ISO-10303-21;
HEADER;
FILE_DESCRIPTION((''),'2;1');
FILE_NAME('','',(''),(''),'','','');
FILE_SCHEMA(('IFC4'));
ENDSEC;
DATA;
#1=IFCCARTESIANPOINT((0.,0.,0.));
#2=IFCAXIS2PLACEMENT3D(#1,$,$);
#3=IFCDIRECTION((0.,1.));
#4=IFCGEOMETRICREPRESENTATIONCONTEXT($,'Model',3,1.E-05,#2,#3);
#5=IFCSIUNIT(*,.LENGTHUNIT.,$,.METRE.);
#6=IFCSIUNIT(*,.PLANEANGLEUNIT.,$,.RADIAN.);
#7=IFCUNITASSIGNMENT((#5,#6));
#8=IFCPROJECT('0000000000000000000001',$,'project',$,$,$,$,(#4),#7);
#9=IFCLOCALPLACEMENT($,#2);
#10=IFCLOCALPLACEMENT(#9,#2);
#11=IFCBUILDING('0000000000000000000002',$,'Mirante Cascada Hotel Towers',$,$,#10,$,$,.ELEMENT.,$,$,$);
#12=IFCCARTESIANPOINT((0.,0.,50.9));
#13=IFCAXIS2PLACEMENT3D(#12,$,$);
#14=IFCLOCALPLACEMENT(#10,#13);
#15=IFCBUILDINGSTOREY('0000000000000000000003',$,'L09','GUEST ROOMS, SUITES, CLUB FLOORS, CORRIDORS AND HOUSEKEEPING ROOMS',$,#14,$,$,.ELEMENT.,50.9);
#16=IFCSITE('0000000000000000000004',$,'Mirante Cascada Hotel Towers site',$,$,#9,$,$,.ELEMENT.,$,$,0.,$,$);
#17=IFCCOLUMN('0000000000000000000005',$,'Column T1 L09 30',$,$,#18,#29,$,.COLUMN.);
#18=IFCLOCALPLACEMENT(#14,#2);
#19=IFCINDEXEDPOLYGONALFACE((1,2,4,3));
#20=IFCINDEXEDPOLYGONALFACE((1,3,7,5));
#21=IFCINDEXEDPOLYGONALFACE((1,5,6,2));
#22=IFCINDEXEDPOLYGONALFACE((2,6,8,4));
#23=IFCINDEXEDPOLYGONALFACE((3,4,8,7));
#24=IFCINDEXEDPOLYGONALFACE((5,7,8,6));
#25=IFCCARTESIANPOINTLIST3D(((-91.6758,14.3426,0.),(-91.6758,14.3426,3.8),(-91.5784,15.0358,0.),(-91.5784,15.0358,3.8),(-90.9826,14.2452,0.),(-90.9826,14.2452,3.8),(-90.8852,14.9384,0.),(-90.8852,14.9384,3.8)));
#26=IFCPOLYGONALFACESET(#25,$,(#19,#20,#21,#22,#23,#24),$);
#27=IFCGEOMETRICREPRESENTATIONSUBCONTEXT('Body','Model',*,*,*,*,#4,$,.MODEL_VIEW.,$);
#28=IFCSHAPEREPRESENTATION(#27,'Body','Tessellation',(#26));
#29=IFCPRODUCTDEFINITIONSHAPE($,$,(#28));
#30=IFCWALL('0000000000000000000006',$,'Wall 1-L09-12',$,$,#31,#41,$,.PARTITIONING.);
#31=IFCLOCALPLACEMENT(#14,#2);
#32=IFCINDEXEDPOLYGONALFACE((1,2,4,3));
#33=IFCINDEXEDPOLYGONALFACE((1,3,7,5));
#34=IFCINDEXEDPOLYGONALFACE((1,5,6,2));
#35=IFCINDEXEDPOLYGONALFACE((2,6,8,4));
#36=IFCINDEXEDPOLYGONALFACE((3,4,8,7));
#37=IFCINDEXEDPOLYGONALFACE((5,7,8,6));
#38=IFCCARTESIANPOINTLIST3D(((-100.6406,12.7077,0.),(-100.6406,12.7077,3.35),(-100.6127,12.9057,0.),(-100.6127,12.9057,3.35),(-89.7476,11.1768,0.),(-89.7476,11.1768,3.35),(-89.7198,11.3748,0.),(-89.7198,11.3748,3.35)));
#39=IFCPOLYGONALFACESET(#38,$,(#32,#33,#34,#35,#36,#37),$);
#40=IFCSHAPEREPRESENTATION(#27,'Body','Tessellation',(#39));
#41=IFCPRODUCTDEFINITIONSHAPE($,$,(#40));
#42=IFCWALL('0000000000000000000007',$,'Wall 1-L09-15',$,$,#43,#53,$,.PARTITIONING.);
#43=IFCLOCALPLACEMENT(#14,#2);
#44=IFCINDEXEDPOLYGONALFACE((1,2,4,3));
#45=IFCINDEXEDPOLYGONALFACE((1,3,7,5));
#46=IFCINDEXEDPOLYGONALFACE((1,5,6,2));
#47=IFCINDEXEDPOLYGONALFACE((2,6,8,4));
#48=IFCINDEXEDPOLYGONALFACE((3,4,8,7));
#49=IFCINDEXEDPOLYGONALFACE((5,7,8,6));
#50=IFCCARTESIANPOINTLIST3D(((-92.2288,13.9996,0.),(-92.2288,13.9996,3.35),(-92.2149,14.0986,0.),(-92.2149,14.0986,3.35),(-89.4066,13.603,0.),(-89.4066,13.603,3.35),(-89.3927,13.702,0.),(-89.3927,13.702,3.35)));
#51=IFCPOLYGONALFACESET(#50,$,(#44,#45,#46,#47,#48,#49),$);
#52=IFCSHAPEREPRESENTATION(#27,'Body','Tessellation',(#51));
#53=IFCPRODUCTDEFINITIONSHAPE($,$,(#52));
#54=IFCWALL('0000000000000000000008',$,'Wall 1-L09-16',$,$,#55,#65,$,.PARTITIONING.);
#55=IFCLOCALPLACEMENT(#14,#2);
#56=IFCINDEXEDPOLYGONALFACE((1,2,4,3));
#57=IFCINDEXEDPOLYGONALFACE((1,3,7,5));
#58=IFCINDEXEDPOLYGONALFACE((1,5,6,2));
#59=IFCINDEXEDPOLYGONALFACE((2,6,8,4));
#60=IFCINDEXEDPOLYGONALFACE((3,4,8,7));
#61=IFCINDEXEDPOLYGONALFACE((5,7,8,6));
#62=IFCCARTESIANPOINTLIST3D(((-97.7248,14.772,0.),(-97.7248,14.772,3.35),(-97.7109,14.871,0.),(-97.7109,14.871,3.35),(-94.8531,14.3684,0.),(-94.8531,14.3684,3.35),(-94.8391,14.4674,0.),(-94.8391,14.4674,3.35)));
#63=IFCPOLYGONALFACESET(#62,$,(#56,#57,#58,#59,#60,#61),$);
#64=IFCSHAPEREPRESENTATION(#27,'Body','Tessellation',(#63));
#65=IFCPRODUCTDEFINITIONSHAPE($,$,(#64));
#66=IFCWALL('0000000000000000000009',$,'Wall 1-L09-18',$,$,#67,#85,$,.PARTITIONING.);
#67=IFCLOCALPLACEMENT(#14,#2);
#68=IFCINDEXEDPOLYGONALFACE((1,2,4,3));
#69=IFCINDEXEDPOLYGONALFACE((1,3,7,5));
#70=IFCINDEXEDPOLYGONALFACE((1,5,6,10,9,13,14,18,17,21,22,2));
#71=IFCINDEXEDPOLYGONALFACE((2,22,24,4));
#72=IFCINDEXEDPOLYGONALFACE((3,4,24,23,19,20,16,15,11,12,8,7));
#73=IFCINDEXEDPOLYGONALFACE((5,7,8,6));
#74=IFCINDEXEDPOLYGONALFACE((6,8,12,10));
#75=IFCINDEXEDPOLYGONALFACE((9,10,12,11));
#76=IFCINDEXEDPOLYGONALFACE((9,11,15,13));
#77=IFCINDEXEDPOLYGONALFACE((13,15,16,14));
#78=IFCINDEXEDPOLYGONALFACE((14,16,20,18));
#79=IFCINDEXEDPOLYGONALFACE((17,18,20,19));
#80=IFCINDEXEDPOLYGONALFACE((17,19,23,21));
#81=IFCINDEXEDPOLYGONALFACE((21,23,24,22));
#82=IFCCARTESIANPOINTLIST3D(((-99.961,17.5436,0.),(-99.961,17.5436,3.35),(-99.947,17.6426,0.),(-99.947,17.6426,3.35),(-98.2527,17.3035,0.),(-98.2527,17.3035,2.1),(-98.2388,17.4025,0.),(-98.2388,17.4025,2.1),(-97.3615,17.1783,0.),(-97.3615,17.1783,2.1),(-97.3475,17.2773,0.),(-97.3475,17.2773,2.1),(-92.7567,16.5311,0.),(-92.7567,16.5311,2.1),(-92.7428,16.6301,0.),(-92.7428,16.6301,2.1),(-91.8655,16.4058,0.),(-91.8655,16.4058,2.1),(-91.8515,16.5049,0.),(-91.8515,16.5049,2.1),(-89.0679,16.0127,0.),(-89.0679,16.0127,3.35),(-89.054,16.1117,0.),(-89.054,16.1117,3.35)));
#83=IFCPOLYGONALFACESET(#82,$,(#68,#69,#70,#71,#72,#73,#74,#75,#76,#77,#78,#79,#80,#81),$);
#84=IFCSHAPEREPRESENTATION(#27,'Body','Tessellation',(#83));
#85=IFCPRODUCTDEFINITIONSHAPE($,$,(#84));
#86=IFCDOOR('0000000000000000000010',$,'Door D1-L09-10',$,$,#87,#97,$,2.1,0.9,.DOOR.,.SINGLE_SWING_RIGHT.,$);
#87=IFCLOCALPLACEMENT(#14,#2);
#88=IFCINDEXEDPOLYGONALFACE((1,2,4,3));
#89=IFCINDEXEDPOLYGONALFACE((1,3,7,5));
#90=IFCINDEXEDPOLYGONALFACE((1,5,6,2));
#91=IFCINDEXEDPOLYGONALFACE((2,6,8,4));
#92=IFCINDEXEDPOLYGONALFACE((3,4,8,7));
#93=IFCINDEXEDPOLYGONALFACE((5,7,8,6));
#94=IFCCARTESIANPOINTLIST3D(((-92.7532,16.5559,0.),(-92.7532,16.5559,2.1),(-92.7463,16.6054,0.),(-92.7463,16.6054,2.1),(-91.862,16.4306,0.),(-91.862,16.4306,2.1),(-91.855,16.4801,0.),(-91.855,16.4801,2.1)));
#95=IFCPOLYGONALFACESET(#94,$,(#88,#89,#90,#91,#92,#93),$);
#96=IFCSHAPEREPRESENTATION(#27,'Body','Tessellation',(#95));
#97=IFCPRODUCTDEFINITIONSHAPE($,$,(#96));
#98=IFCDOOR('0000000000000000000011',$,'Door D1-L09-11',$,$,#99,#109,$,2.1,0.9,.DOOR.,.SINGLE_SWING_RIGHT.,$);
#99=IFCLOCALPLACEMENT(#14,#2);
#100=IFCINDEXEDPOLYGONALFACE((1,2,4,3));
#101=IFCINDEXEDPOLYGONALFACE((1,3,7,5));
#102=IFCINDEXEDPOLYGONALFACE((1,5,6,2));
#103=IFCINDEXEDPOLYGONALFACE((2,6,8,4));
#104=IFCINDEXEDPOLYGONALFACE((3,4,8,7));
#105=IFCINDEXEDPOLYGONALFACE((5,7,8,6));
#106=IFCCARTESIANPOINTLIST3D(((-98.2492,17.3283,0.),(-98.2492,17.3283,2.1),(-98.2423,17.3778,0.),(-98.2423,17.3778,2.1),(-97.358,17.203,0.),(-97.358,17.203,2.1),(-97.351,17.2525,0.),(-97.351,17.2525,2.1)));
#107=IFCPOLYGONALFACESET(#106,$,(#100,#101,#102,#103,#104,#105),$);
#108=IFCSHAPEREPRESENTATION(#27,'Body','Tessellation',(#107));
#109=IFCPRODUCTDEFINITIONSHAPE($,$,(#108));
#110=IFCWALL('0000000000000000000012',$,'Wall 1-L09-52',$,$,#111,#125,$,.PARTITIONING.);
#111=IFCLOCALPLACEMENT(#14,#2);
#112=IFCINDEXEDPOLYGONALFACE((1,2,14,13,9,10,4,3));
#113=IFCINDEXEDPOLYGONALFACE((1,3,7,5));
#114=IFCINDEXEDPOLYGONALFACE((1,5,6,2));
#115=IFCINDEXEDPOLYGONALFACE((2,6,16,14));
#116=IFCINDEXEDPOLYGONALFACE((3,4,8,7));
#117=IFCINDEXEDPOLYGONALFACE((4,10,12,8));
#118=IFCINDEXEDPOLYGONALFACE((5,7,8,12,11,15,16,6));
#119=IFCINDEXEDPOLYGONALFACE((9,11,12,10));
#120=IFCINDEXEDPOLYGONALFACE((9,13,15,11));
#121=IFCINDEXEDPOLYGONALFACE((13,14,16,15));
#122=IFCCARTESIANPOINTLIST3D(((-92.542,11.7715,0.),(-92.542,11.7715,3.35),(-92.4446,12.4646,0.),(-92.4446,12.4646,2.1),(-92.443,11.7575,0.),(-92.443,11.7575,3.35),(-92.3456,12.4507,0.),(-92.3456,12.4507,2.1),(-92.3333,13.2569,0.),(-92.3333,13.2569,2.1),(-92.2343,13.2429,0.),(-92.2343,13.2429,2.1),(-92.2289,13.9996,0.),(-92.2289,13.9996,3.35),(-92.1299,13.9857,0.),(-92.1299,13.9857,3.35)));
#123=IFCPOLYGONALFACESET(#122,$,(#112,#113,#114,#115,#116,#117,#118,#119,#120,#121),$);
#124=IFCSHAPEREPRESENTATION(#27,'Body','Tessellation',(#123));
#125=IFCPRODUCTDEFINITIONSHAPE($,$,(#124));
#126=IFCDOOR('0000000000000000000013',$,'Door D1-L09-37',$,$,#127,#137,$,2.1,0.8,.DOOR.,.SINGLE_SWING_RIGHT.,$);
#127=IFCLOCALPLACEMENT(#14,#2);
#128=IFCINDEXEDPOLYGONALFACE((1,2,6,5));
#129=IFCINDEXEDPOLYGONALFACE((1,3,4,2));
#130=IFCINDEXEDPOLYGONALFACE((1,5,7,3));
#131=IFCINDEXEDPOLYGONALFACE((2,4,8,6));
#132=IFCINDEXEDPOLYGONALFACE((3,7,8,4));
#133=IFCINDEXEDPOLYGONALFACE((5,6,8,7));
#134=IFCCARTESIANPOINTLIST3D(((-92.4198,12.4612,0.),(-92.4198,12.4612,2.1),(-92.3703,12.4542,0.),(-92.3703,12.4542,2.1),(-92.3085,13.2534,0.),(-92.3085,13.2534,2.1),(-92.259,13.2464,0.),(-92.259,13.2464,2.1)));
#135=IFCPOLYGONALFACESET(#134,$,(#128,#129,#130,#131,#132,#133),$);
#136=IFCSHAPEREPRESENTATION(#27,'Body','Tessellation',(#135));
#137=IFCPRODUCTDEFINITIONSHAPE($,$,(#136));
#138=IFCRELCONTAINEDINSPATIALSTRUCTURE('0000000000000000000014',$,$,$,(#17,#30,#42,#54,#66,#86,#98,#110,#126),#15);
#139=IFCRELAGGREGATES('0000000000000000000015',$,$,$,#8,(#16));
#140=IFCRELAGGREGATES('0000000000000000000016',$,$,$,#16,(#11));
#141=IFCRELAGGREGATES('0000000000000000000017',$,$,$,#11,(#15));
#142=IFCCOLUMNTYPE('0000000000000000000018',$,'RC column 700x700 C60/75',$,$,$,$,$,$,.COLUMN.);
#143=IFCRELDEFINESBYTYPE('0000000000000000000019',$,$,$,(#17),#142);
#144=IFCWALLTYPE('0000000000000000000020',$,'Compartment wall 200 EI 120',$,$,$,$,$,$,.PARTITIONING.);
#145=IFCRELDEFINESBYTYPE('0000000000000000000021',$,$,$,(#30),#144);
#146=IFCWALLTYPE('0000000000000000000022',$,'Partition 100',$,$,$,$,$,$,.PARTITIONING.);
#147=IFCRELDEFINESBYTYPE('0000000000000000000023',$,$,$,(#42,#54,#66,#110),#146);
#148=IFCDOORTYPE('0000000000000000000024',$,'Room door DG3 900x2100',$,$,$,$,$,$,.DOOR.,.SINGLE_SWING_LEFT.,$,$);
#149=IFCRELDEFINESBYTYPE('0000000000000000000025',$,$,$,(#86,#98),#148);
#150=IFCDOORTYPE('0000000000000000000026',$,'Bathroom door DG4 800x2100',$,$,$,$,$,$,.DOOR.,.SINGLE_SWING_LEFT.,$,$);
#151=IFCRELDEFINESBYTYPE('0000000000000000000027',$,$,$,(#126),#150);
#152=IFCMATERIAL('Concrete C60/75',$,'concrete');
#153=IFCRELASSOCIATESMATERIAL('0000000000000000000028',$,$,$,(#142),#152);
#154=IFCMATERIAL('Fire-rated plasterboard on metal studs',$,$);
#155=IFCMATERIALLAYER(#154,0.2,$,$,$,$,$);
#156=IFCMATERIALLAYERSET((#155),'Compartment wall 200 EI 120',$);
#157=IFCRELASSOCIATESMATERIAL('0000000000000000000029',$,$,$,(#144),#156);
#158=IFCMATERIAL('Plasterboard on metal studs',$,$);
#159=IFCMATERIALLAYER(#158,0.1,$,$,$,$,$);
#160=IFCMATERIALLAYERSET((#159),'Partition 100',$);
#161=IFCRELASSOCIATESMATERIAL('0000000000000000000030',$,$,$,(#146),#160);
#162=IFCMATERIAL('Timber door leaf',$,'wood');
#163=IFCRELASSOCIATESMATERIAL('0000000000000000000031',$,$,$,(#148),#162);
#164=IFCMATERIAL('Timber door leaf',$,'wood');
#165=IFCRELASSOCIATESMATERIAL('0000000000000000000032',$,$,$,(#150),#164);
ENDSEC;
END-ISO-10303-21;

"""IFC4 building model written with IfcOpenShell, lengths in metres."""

from ifc_helpers import new_model, si_unit, direction, frame, frame_2d, origin, origin_2d, place, context, subcontext, project, spatial, rectangle, extrude, material, layer, layer_set, material_profile, profile_set, type_object, element, fill, save


model = new_model("IFC4")

# Units and contexts
model_context = context("Model", 3, precision=1e-05, world=origin(), true_north=direction((0.0, 1.0)))
body_context = subcontext(model_context, "Body", "Model", "MODEL_VIEW")
ifc_project = project(units=[si_unit("LENGTHUNIT", "METRE"), si_unit("PLANEANGLEUNIT", "RADIAN")], contexts=[model_context])

# Site, building, storey
site_placement = place(None, origin())
site = spatial("IfcSite", under=ifc_project, at=site_placement, Name="Mirante Cascada Hotel Towers site", CompositionType="ELEMENT", RefElevation=0.0)
building_placement = place(site_placement, origin())
building = spatial("IfcBuilding", under=site, at=building_placement, Name="Mirante Cascada Hotel Towers", CompositionType="ELEMENT")
storey_placement = place(building_placement, frame((0.0, 0.0, 50.9)))
storey = spatial("IfcBuildingStorey", under=building, at=storey_placement, Name="L09", Description="GUEST ROOMS, SUITES, CLUB FLOORS, CORRIDORS AND HOUSEKEEPING ROOMS", CompositionType="ELEMENT", Elevation=50.9)

# Column
ifc_material_1 = material(Name="Concrete C60/75", Category="concrete")
ifc_material_profile = material_profile(ifc_material_1, rectangle(XDim=0.7, YDim=0.7, at=origin_2d()), Name="RC column 700x700 C60/75")
ifc_profile_set = profile_set([ifc_material_profile], Name="Concrete C60/75")
column_type = type_object("IfcColumnType", Name="RC column 700x700 C60/75", PredefinedType="COLUMN", material=ifc_profile_set)
column_placement = place(storey_placement, frame((-91.2805, 14.6405, 0.0), z_axis=(0.0, 0.0, 1.0), x_axis=(-0.990268, 0.139173, 0.0)))
element("IfcColumn", 1, at=column_placement, inside=storey, type_object=column_type, Name="Column T1 L09 30", PredefinedType="COLUMN", context=body_context, shape_type="SweptSolid", body=[
    extrude(rectangle(XDim=0.7, YDim=0.7, at=origin_2d()), origin(), (0.0, 0.0, 1.0), 3.8),
])

# Wall
ifc_material_2 = material(Name="Fire-rated plasterboard on metal studs")
ifc_layer_1 = layer(ifc_material_2, 0.2)
ifc_layer_set_1 = layer_set([ifc_layer_1], Name="Compartment wall 200 EI 120")
wall_type_1 = type_object("IfcWallType", Name="Compartment wall 200 EI 120", PredefinedType="PARTITIONING", material=ifc_layer_set_1)
wall_1_placement = place(storey_placement, frame((-89.7337, 11.2758, 0.0), z_axis=(0.0, 0.0, 1.0), x_axis=(-0.990268, 0.139173, 0.0)))
element("IfcWall", 2, at=wall_1_placement, inside=storey, type_object=wall_type_1, Name="Wall 1-L09-12", PredefinedType="PARTITIONING", context=body_context, shape_type="SweptSolid", body=[
    extrude(rectangle(XDim=11.0, YDim=0.2, at=frame_2d((5.5, 0.0))), origin(), (0.0, 0.0, 1.0), 3.35),
])

# Walls
ifc_material_3 = material(Name="Plasterboard on metal studs")
ifc_layer_2 = layer(ifc_material_3, 0.1)
ifc_layer_set_2 = layer_set([ifc_layer_2], Name="Partition 100")
wall_type_2 = type_object("IfcWallType", Name="Partition 100", PredefinedType="PARTITIONING", material=ifc_layer_set_2)
wall_2_placement = place(storey_placement, frame((-92.2219, 14.0491, 0.0), z_axis=(0.0, 0.0, 1.0), x_axis=(0.99027, -0.139161, 0.0)))
element("IfcWall", 3, at=wall_2_placement, inside=storey, type_object=wall_type_2, Name="Wall 1-L09-15", PredefinedType="PARTITIONING", context=body_context, shape_type="SweptSolid", body=[
    extrude(rectangle(XDim=2.8499, YDim=0.1, at=frame_2d((1.425, 0.0))), origin(), (0.0, 0.0, 1.0), 3.35),
])
wall_3_placement = place(storey_placement, frame((-94.8461, 14.4179, 0.0), z_axis=(0.0, 0.0, 1.0), x_axis=(-0.990268, 0.139171, 0.0)))
element("IfcWall", 4, at=wall_3_placement, inside=storey, type_object=wall_type_2, Name="Wall 1-L09-16", PredefinedType="PARTITIONING", context=body_context, shape_type="SweptSolid", body=[
    extrude(rectangle(XDim=2.9, YDim=0.1, at=frame_2d((1.45, 0.0))), origin(), (0.0, 0.0, 1.0), 3.35),
])

# Wall, openings, doors
wall_4_placement = place(storey_placement, frame((-89.061, 16.0622, 0.0), z_axis=(0.0, 0.0, 1.0), x_axis=(-0.990268, 0.139172, 0.0)))
wall_4 = element("IfcWall", 5, at=wall_4_placement, inside=storey, type_object=wall_type_2, Name="Wall 1-L09-18", PredefinedType="PARTITIONING", context=body_context, shape_type="SweptSolid", body=[
    extrude(rectangle(XDim=11.0001, YDim=0.1, at=frame_2d((5.5, 0.0))), origin(), (0.0, 0.0, 1.0), 3.35),
])
opening_1_placement = place(wall_4_placement, frame((2.825, 0.0, 0.0)))
opening_1 = element("IfcOpeningElement", 6, at=opening_1_placement, cuts=wall_4, PredefinedType="OPENING", context=body_context, shape_type="SweptSolid", body=[
    extrude(rectangle(XDim=0.9, YDim=2.1, at=frame_2d((0.45, 1.05))), frame((0.0, 0.05, 0.0), z_axis=(0.0, -1.0, 0.0), x_axis=(1.0, 0.0, 0.0)), (0.0, 0.0, 1.0), 0.1),
])
opening_2_placement = place(wall_4_placement, frame((8.375, 0.0, 0.0)))
opening_2 = element("IfcOpeningElement", 7, at=opening_2_placement, cuts=wall_4, PredefinedType="OPENING", context=body_context, shape_type="SweptSolid", body=[
    extrude(rectangle(XDim=0.9, YDim=2.1, at=frame_2d((0.45, 1.05))), frame((0.0, 0.05, 0.0), z_axis=(0.0, -1.0, 0.0), x_axis=(1.0, 0.0, 0.0)), (0.0, 0.0, 1.0), 0.1),
])
ifc_material_4 = material(Name="Timber door leaf", Category="wood")
door_type_1 = type_object("IfcDoorType", Name="Room door DG3 900x2100", OperationType="SINGLE_SWING_LEFT", PredefinedType="DOOR", material=ifc_material_4)
door_1_placement = place(opening_1_placement, frame((0.9, 0.0, 0.0), z_axis=(0.0, 0.0, 1.0), x_axis=(-1.0, 0.0, 0.0)))
door_1 = element("IfcDoor", 8, at=door_1_placement, inside=storey, type_object=door_type_1, Name="Door D1-L09-10", OperationType="SINGLE_SWING_RIGHT", OverallHeight=2.1, OverallWidth=0.9, PredefinedType="DOOR", context=body_context, shape_type="SweptSolid", body=[
    extrude(rectangle(XDim=0.9, YDim=2.1, at=frame_2d((0.45, 1.05))), frame((0.0, 0.025, 0.0), z_axis=(0.0, -1.0, 0.0), x_axis=(1.0, 0.0, 0.0)), (0.0, 0.0, 1.0), 0.05),
])
fill(opening_1, door_1)
door_2_placement = place(opening_2_placement, frame((0.9, 0.0, 0.0), z_axis=(0.0, 0.0, 1.0), x_axis=(-1.0, 0.0, 0.0)))
door_2 = element("IfcDoor", 9, at=door_2_placement, inside=storey, type_object=door_type_1, Name="Door D1-L09-11", OperationType="SINGLE_SWING_RIGHT", OverallHeight=2.1, OverallWidth=0.9, PredefinedType="DOOR", context=body_context, shape_type="SweptSolid", body=[
    extrude(rectangle(XDim=0.9, YDim=2.1, at=frame_2d((0.45, 1.05))), frame((0.0, 0.025, 0.0), z_axis=(0.0, -1.0, 0.0), x_axis=(1.0, 0.0, 0.0)), (0.0, 0.0, 1.0), 0.05),
])
fill(opening_2, door_2)

# Wall, opening, door
wall_5_placement = place(storey_placement, frame((-92.4925, 11.7645, 0.0), z_axis=(0.0, 0.0, 1.0), x_axis=(0.139156, 0.990271, 0.0)))
wall_5 = element("IfcWall", 10, at=wall_5_placement, inside=storey, type_object=wall_type_2, Name="Wall 1-L09-52", PredefinedType="PARTITIONING", context=body_context, shape_type="SweptSolid", body=[
    extrude(rectangle(XDim=2.25, YDim=0.1, at=frame_2d((1.125, 0.0))), origin(), (0.0, 0.0, 1.0), 3.35),
])
opening_3_placement = place(wall_5_placement, frame((0.7, 0.0, 0.0)))
opening_3 = element("IfcOpeningElement", 11, at=opening_3_placement, cuts=wall_5, PredefinedType="OPENING", context=body_context, shape_type="SweptSolid", body=[
    extrude(rectangle(XDim=0.8, YDim=2.1, at=frame_2d((0.4, 1.05))), frame((0.0, 0.05, 0.0), z_axis=(0.0, -1.0, 0.0), x_axis=(1.0, 0.0, 0.0)), (0.0, 0.0, 1.0), 0.1),
])
ifc_material_5 = material(Name="Timber door leaf", Category="wood")
door_type_2 = type_object("IfcDoorType", Name="Bathroom door DG4 800x2100", OperationType="SINGLE_SWING_LEFT", PredefinedType="DOOR", material=ifc_material_5)
door_3_placement = place(opening_3_placement, frame((0.8, 0.0, 0.0), z_axis=(0.0, 0.0, 1.0), x_axis=(-1.0, 0.0, 0.0)))
door_3 = element("IfcDoor", 12, at=door_3_placement, inside=storey, type_object=door_type_2, Name="Door D1-L09-37", OperationType="SINGLE_SWING_RIGHT", OverallHeight=2.1, OverallWidth=0.8, PredefinedType="DOOR", context=body_context, shape_type="SweptSolid", body=[
    extrude(rectangle(XDim=0.8, YDim=2.1, at=frame_2d((0.4, 1.05))), frame((0.0, 0.025, 0.0), z_axis=(0.0, -1.0, 0.0), x_axis=(1.0, 0.0, 0.0)), (0.0, 0.0, 1.0), 0.05),
])
fill(opening_3, door_3)

save(model, "model.ifc")
